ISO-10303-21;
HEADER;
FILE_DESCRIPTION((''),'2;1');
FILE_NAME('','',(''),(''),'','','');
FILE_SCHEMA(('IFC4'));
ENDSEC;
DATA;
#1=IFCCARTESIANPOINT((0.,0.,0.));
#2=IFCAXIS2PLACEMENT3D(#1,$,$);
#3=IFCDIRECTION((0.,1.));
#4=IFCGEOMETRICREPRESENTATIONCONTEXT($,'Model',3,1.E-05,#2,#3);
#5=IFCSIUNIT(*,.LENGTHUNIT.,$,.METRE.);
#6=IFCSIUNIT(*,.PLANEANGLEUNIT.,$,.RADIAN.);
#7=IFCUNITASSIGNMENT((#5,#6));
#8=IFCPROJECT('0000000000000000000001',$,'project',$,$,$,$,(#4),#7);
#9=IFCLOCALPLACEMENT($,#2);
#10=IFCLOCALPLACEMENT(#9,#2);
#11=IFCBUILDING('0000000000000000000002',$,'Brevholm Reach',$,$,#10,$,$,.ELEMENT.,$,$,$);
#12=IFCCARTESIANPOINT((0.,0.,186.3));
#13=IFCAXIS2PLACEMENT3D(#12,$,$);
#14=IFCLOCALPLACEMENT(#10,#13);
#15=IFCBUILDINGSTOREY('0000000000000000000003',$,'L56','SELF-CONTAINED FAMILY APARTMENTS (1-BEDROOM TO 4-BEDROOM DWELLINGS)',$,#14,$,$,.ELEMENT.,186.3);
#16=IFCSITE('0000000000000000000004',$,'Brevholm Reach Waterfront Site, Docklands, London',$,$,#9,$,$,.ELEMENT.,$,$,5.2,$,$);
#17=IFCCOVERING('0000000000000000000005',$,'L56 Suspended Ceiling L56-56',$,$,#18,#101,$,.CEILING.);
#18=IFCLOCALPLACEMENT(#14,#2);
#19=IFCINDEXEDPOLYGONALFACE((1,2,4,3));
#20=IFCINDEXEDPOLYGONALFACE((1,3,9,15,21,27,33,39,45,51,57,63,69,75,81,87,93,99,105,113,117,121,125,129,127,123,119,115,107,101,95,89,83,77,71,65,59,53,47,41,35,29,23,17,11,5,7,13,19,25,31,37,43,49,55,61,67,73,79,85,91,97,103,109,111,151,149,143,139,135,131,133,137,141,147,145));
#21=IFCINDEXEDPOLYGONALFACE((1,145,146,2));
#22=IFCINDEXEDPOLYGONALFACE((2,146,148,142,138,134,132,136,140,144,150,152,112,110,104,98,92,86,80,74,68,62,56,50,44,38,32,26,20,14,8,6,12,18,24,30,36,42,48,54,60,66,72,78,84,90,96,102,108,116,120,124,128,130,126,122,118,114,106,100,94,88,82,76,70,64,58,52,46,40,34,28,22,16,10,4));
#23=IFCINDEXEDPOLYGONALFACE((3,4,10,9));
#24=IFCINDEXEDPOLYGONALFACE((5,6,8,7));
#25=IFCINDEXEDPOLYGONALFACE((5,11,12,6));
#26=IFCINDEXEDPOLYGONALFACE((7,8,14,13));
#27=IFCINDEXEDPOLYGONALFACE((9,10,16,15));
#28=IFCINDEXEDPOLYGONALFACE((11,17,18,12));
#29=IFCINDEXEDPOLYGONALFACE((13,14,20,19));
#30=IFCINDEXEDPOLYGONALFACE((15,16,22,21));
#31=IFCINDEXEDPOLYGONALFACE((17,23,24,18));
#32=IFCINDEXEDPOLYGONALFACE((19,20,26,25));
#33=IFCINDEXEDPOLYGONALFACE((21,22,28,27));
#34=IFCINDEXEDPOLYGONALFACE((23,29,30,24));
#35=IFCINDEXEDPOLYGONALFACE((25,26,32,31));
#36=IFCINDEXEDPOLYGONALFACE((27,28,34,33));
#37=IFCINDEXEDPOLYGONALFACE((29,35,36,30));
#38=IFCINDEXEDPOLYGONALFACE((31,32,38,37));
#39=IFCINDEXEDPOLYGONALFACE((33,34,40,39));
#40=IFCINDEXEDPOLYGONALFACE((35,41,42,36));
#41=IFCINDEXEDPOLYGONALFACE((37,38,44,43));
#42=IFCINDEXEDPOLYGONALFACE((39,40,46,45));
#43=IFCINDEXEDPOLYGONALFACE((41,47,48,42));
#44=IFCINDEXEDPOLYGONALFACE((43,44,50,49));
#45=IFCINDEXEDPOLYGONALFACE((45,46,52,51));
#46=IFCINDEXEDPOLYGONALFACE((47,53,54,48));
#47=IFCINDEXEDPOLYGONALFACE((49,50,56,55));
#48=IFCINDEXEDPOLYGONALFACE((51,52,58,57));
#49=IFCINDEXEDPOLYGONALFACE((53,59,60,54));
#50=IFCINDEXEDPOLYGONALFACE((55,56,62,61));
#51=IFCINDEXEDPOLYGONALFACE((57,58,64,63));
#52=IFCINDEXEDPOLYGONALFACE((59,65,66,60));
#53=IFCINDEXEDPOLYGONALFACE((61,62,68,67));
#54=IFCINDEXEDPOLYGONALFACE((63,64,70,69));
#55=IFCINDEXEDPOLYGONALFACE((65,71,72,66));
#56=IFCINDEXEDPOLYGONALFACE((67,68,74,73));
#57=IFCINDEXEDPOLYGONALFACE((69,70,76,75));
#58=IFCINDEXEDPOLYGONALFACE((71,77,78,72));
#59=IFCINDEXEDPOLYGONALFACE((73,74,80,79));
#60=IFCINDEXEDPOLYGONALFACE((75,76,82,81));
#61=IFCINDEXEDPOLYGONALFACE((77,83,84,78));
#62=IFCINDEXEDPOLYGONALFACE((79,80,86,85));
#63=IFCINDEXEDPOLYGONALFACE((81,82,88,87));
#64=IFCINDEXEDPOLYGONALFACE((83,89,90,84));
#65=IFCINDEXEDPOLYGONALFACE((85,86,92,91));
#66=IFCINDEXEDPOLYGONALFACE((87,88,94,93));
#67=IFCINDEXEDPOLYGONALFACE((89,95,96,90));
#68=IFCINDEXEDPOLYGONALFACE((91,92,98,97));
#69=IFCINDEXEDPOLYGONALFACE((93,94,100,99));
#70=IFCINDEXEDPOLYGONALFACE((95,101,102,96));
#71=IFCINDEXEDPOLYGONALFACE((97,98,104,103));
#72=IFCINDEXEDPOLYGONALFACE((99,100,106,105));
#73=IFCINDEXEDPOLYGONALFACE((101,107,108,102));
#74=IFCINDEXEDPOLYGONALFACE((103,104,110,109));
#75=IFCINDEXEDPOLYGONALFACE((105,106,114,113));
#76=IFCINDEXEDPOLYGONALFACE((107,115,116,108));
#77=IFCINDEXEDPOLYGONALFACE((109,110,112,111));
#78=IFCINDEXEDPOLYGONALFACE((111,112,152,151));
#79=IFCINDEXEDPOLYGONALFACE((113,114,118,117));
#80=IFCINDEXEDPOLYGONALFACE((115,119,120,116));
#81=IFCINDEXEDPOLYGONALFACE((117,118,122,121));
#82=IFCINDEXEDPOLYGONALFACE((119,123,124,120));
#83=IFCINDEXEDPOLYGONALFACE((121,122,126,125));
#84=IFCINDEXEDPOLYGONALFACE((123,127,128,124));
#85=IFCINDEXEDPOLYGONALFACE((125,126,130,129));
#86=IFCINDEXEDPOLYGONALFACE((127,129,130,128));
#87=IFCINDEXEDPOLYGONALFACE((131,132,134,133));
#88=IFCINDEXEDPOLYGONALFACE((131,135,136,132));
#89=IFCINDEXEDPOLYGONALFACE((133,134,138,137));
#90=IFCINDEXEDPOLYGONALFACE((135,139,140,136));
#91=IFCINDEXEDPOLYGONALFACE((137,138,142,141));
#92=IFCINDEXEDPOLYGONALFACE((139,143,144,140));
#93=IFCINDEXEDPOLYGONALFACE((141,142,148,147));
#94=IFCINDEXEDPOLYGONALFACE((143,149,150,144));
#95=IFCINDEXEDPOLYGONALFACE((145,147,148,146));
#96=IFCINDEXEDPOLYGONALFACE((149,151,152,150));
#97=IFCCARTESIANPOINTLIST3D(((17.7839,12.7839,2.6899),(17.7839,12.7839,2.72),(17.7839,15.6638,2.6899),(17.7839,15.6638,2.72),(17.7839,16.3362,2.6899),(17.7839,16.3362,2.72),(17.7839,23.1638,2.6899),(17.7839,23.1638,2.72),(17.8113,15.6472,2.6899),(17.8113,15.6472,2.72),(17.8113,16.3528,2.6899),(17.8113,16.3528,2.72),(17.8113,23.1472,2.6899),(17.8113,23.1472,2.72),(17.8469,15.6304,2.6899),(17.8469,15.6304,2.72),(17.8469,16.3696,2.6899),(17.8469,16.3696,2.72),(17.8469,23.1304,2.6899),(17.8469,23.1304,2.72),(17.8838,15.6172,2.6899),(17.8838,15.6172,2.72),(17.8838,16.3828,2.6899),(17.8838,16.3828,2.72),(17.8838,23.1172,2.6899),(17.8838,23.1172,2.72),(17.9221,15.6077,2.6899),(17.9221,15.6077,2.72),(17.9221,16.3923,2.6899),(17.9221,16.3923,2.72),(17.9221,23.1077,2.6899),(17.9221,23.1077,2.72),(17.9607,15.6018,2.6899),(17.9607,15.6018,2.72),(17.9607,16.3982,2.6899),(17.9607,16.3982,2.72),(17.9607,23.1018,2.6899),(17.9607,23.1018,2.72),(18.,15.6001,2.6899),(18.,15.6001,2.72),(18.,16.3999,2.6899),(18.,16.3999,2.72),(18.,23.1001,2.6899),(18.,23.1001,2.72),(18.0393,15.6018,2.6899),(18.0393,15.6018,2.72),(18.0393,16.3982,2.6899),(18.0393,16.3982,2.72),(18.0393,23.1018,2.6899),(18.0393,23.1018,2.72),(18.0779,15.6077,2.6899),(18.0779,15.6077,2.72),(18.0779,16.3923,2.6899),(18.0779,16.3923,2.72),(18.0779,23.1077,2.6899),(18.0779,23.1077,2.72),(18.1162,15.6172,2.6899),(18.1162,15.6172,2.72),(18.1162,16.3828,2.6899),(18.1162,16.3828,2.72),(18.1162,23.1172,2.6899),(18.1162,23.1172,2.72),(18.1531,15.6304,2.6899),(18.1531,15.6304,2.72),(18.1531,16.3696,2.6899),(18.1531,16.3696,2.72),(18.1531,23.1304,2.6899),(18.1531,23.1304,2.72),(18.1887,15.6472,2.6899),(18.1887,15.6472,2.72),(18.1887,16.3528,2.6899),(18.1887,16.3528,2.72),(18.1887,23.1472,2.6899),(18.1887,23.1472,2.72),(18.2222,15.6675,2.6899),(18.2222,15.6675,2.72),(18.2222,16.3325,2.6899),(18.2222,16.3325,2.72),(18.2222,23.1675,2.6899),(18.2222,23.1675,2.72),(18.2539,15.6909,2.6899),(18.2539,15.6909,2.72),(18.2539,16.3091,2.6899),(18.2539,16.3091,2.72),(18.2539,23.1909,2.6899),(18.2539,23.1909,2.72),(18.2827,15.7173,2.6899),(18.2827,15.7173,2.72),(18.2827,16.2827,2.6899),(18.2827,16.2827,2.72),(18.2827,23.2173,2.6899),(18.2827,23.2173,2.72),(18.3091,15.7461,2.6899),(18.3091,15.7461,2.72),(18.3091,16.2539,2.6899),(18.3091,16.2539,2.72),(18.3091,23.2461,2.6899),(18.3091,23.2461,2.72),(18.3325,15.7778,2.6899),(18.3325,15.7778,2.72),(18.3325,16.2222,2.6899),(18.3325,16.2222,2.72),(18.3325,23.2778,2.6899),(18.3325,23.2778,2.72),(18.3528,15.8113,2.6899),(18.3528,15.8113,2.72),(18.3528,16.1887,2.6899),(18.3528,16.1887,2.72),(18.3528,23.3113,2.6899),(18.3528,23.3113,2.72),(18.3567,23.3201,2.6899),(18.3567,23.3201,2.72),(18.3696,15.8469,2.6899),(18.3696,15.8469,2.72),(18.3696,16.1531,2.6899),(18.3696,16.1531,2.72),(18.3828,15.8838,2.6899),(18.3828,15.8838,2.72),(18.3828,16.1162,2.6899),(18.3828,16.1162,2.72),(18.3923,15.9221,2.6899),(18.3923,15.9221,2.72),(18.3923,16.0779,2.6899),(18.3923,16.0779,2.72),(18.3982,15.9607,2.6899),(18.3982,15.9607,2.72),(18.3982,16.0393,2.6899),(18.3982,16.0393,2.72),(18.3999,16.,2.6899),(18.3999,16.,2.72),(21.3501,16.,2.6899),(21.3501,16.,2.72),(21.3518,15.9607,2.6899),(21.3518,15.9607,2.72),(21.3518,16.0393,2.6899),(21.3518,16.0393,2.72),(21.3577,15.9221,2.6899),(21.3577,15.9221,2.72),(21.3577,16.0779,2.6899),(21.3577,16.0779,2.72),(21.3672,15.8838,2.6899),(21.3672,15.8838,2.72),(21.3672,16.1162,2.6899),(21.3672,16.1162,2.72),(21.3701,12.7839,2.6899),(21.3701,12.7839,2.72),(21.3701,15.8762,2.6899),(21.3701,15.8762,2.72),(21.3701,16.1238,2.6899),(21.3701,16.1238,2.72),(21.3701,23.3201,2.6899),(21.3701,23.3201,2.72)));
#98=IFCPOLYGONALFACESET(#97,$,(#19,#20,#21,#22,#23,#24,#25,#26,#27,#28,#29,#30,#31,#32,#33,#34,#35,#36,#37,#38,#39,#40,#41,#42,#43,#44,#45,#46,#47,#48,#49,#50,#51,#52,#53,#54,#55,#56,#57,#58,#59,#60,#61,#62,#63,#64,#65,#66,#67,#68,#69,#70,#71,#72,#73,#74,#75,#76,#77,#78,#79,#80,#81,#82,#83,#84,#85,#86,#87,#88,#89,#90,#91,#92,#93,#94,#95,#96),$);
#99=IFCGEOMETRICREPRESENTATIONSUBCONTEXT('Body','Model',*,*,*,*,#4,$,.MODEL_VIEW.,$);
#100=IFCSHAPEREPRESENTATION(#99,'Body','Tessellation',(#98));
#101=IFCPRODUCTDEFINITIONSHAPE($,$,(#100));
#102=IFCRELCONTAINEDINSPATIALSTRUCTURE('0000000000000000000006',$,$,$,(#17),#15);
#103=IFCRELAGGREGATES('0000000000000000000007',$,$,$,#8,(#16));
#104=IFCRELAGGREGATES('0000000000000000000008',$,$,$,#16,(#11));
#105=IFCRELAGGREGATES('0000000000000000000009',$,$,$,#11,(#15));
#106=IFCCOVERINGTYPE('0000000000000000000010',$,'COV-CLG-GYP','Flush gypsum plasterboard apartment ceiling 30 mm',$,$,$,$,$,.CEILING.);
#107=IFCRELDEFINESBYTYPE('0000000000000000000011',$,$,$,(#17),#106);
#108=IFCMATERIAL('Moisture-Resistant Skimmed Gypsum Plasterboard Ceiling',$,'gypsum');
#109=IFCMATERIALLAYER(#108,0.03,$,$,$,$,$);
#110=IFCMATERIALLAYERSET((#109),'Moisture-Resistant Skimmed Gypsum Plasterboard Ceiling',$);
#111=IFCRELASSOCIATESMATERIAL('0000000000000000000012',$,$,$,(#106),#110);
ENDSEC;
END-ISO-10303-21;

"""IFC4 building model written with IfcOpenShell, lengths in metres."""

from ifc_helpers import new_model, si_unit, direction, frame, origin, place, context, subcontext, project, spatial, polyline, outline, extrude, material, layer, layer_set, type_object, element, save


model = new_model("IFC4")

# Units and contexts
model_context = context("Model", 3, precision=1e-05, world=origin(), true_north=direction((0.0, 1.0)))
body_context = subcontext(model_context, "Body", "Model", "MODEL_VIEW")
ifc_project = project(units=[si_unit("LENGTHUNIT", "METRE"), si_unit("PLANEANGLEUNIT", "RADIAN")], contexts=[model_context])

# Site, building, storey
site_placement = place(None, origin())
site = spatial("IfcSite", under=ifc_project, at=site_placement, Name="Brevholm Reach Waterfront Site, Docklands, London", CompositionType="ELEMENT", RefElevation=5.2)
building_placement = place(site_placement, origin())
building = spatial("IfcBuilding", under=site, at=building_placement, Name="Brevholm Reach", CompositionType="ELEMENT")
storey_placement = place(building_placement, frame((0.0, 0.0, 186.3)))
storey = spatial("IfcBuildingStorey", under=building, at=storey_placement, Name="L56", Description="SELF-CONTAINED FAMILY APARTMENTS (1-BEDROOM TO 4-BEDROOM DWELLINGS)", CompositionType="ELEMENT", Elevation=186.3)

# Covering
ifc_material_1 = material(Name="Moisture-Resistant Skimmed Gypsum Plasterboard Ceiling", Category="gypsum")
ifc_layer_1 = layer(ifc_material_1, 0.03)
ifc_layer_set_1 = layer_set([ifc_layer_1], Name="Moisture-Resistant Skimmed Gypsum Plasterboard Ceiling")
covering_type_1 = type_object("IfcCoveringType", Name="COV-CLG-GYP", Description="Flush gypsum plasterboard apartment ceiling 30 mm", PredefinedType="CEILING", material=ifc_layer_set_1)
covering_1_placement = place(storey_placement, frame((0.0, 0.0, 2.6899)))
element("IfcCovering", 1, at=covering_1_placement, inside=storey, type_object=covering_type_1, Name="L56 Suspended Ceiling L56-56", PredefinedType="CEILING", context=body_context, shape_type="SweptSolid", body=[
    extrude(outline(polyline([(21.3701, 23.3201), (21.3701, 16.1238), (21.3672, 16.1162), (21.3577, 16.0779), (21.3518, 16.0393), (21.3501, 16.0), (21.3518, 15.9607), (21.3577, 15.9221), (21.3672, 15.8838), (21.3701, 15.8762), (21.3701, 12.7839), (17.7839, 12.7839), (17.7839, 15.6638), (17.8113, 15.6472), (17.8469, 15.6304), (17.8838, 15.6172), (17.9221, 15.6077), (17.9607, 15.6018), (18.0, 15.6001), (18.0393, 15.6018), (18.0779, 15.6077), (18.1162, 15.6172), (18.1531, 15.6304), (18.1887, 15.6472), (18.2222, 15.6675), (18.2539, 15.6909), (18.2827, 15.7173), (18.3091, 15.7461), (18.3325, 15.7778), (18.3528, 15.8113), (18.3696, 15.8469), (18.3828, 15.8838), (18.3923, 15.9221), (18.3982, 15.9607), (18.3999, 16.0), (18.3982, 16.0393), (18.3923, 16.0779), (18.3828, 16.1162), (18.3696, 16.1531), (18.3528, 16.1887), (18.3325, 16.2222), (18.3091, 16.2539), (18.2827, 16.2827), (18.2539, 16.3091), (18.2222, 16.3325), (18.1887, 16.3528), (18.1531, 16.3696), (18.1162, 16.3828), (18.0779, 16.3923), (18.0393, 16.3982), (18.0, 16.3999), (17.9607, 16.3982), (17.9221, 16.3923), (17.8838, 16.3828), (17.8469, 16.3696), (17.8113, 16.3528), (17.7839, 16.3362), (17.7839, 23.1638), (17.8113, 23.1472), (17.8469, 23.1304), (17.8838, 23.1172), (17.9221, 23.1077), (17.9607, 23.1018), (18.0, 23.1001), (18.0393, 23.1018), (18.0779, 23.1077), (18.1162, 23.1172), (18.1531, 23.1304), (18.1887, 23.1472), (18.2222, 23.1675), (18.2539, 23.1909), (18.2827, 23.2173), (18.3091, 23.2461), (18.3325, 23.2778), (18.3528, 23.3113), (18.3567, 23.3201), (21.3701, 23.3201)])), origin(), (0.0, 0.0, 1.0), 0.03),
])

save(model, "model.ifc")
